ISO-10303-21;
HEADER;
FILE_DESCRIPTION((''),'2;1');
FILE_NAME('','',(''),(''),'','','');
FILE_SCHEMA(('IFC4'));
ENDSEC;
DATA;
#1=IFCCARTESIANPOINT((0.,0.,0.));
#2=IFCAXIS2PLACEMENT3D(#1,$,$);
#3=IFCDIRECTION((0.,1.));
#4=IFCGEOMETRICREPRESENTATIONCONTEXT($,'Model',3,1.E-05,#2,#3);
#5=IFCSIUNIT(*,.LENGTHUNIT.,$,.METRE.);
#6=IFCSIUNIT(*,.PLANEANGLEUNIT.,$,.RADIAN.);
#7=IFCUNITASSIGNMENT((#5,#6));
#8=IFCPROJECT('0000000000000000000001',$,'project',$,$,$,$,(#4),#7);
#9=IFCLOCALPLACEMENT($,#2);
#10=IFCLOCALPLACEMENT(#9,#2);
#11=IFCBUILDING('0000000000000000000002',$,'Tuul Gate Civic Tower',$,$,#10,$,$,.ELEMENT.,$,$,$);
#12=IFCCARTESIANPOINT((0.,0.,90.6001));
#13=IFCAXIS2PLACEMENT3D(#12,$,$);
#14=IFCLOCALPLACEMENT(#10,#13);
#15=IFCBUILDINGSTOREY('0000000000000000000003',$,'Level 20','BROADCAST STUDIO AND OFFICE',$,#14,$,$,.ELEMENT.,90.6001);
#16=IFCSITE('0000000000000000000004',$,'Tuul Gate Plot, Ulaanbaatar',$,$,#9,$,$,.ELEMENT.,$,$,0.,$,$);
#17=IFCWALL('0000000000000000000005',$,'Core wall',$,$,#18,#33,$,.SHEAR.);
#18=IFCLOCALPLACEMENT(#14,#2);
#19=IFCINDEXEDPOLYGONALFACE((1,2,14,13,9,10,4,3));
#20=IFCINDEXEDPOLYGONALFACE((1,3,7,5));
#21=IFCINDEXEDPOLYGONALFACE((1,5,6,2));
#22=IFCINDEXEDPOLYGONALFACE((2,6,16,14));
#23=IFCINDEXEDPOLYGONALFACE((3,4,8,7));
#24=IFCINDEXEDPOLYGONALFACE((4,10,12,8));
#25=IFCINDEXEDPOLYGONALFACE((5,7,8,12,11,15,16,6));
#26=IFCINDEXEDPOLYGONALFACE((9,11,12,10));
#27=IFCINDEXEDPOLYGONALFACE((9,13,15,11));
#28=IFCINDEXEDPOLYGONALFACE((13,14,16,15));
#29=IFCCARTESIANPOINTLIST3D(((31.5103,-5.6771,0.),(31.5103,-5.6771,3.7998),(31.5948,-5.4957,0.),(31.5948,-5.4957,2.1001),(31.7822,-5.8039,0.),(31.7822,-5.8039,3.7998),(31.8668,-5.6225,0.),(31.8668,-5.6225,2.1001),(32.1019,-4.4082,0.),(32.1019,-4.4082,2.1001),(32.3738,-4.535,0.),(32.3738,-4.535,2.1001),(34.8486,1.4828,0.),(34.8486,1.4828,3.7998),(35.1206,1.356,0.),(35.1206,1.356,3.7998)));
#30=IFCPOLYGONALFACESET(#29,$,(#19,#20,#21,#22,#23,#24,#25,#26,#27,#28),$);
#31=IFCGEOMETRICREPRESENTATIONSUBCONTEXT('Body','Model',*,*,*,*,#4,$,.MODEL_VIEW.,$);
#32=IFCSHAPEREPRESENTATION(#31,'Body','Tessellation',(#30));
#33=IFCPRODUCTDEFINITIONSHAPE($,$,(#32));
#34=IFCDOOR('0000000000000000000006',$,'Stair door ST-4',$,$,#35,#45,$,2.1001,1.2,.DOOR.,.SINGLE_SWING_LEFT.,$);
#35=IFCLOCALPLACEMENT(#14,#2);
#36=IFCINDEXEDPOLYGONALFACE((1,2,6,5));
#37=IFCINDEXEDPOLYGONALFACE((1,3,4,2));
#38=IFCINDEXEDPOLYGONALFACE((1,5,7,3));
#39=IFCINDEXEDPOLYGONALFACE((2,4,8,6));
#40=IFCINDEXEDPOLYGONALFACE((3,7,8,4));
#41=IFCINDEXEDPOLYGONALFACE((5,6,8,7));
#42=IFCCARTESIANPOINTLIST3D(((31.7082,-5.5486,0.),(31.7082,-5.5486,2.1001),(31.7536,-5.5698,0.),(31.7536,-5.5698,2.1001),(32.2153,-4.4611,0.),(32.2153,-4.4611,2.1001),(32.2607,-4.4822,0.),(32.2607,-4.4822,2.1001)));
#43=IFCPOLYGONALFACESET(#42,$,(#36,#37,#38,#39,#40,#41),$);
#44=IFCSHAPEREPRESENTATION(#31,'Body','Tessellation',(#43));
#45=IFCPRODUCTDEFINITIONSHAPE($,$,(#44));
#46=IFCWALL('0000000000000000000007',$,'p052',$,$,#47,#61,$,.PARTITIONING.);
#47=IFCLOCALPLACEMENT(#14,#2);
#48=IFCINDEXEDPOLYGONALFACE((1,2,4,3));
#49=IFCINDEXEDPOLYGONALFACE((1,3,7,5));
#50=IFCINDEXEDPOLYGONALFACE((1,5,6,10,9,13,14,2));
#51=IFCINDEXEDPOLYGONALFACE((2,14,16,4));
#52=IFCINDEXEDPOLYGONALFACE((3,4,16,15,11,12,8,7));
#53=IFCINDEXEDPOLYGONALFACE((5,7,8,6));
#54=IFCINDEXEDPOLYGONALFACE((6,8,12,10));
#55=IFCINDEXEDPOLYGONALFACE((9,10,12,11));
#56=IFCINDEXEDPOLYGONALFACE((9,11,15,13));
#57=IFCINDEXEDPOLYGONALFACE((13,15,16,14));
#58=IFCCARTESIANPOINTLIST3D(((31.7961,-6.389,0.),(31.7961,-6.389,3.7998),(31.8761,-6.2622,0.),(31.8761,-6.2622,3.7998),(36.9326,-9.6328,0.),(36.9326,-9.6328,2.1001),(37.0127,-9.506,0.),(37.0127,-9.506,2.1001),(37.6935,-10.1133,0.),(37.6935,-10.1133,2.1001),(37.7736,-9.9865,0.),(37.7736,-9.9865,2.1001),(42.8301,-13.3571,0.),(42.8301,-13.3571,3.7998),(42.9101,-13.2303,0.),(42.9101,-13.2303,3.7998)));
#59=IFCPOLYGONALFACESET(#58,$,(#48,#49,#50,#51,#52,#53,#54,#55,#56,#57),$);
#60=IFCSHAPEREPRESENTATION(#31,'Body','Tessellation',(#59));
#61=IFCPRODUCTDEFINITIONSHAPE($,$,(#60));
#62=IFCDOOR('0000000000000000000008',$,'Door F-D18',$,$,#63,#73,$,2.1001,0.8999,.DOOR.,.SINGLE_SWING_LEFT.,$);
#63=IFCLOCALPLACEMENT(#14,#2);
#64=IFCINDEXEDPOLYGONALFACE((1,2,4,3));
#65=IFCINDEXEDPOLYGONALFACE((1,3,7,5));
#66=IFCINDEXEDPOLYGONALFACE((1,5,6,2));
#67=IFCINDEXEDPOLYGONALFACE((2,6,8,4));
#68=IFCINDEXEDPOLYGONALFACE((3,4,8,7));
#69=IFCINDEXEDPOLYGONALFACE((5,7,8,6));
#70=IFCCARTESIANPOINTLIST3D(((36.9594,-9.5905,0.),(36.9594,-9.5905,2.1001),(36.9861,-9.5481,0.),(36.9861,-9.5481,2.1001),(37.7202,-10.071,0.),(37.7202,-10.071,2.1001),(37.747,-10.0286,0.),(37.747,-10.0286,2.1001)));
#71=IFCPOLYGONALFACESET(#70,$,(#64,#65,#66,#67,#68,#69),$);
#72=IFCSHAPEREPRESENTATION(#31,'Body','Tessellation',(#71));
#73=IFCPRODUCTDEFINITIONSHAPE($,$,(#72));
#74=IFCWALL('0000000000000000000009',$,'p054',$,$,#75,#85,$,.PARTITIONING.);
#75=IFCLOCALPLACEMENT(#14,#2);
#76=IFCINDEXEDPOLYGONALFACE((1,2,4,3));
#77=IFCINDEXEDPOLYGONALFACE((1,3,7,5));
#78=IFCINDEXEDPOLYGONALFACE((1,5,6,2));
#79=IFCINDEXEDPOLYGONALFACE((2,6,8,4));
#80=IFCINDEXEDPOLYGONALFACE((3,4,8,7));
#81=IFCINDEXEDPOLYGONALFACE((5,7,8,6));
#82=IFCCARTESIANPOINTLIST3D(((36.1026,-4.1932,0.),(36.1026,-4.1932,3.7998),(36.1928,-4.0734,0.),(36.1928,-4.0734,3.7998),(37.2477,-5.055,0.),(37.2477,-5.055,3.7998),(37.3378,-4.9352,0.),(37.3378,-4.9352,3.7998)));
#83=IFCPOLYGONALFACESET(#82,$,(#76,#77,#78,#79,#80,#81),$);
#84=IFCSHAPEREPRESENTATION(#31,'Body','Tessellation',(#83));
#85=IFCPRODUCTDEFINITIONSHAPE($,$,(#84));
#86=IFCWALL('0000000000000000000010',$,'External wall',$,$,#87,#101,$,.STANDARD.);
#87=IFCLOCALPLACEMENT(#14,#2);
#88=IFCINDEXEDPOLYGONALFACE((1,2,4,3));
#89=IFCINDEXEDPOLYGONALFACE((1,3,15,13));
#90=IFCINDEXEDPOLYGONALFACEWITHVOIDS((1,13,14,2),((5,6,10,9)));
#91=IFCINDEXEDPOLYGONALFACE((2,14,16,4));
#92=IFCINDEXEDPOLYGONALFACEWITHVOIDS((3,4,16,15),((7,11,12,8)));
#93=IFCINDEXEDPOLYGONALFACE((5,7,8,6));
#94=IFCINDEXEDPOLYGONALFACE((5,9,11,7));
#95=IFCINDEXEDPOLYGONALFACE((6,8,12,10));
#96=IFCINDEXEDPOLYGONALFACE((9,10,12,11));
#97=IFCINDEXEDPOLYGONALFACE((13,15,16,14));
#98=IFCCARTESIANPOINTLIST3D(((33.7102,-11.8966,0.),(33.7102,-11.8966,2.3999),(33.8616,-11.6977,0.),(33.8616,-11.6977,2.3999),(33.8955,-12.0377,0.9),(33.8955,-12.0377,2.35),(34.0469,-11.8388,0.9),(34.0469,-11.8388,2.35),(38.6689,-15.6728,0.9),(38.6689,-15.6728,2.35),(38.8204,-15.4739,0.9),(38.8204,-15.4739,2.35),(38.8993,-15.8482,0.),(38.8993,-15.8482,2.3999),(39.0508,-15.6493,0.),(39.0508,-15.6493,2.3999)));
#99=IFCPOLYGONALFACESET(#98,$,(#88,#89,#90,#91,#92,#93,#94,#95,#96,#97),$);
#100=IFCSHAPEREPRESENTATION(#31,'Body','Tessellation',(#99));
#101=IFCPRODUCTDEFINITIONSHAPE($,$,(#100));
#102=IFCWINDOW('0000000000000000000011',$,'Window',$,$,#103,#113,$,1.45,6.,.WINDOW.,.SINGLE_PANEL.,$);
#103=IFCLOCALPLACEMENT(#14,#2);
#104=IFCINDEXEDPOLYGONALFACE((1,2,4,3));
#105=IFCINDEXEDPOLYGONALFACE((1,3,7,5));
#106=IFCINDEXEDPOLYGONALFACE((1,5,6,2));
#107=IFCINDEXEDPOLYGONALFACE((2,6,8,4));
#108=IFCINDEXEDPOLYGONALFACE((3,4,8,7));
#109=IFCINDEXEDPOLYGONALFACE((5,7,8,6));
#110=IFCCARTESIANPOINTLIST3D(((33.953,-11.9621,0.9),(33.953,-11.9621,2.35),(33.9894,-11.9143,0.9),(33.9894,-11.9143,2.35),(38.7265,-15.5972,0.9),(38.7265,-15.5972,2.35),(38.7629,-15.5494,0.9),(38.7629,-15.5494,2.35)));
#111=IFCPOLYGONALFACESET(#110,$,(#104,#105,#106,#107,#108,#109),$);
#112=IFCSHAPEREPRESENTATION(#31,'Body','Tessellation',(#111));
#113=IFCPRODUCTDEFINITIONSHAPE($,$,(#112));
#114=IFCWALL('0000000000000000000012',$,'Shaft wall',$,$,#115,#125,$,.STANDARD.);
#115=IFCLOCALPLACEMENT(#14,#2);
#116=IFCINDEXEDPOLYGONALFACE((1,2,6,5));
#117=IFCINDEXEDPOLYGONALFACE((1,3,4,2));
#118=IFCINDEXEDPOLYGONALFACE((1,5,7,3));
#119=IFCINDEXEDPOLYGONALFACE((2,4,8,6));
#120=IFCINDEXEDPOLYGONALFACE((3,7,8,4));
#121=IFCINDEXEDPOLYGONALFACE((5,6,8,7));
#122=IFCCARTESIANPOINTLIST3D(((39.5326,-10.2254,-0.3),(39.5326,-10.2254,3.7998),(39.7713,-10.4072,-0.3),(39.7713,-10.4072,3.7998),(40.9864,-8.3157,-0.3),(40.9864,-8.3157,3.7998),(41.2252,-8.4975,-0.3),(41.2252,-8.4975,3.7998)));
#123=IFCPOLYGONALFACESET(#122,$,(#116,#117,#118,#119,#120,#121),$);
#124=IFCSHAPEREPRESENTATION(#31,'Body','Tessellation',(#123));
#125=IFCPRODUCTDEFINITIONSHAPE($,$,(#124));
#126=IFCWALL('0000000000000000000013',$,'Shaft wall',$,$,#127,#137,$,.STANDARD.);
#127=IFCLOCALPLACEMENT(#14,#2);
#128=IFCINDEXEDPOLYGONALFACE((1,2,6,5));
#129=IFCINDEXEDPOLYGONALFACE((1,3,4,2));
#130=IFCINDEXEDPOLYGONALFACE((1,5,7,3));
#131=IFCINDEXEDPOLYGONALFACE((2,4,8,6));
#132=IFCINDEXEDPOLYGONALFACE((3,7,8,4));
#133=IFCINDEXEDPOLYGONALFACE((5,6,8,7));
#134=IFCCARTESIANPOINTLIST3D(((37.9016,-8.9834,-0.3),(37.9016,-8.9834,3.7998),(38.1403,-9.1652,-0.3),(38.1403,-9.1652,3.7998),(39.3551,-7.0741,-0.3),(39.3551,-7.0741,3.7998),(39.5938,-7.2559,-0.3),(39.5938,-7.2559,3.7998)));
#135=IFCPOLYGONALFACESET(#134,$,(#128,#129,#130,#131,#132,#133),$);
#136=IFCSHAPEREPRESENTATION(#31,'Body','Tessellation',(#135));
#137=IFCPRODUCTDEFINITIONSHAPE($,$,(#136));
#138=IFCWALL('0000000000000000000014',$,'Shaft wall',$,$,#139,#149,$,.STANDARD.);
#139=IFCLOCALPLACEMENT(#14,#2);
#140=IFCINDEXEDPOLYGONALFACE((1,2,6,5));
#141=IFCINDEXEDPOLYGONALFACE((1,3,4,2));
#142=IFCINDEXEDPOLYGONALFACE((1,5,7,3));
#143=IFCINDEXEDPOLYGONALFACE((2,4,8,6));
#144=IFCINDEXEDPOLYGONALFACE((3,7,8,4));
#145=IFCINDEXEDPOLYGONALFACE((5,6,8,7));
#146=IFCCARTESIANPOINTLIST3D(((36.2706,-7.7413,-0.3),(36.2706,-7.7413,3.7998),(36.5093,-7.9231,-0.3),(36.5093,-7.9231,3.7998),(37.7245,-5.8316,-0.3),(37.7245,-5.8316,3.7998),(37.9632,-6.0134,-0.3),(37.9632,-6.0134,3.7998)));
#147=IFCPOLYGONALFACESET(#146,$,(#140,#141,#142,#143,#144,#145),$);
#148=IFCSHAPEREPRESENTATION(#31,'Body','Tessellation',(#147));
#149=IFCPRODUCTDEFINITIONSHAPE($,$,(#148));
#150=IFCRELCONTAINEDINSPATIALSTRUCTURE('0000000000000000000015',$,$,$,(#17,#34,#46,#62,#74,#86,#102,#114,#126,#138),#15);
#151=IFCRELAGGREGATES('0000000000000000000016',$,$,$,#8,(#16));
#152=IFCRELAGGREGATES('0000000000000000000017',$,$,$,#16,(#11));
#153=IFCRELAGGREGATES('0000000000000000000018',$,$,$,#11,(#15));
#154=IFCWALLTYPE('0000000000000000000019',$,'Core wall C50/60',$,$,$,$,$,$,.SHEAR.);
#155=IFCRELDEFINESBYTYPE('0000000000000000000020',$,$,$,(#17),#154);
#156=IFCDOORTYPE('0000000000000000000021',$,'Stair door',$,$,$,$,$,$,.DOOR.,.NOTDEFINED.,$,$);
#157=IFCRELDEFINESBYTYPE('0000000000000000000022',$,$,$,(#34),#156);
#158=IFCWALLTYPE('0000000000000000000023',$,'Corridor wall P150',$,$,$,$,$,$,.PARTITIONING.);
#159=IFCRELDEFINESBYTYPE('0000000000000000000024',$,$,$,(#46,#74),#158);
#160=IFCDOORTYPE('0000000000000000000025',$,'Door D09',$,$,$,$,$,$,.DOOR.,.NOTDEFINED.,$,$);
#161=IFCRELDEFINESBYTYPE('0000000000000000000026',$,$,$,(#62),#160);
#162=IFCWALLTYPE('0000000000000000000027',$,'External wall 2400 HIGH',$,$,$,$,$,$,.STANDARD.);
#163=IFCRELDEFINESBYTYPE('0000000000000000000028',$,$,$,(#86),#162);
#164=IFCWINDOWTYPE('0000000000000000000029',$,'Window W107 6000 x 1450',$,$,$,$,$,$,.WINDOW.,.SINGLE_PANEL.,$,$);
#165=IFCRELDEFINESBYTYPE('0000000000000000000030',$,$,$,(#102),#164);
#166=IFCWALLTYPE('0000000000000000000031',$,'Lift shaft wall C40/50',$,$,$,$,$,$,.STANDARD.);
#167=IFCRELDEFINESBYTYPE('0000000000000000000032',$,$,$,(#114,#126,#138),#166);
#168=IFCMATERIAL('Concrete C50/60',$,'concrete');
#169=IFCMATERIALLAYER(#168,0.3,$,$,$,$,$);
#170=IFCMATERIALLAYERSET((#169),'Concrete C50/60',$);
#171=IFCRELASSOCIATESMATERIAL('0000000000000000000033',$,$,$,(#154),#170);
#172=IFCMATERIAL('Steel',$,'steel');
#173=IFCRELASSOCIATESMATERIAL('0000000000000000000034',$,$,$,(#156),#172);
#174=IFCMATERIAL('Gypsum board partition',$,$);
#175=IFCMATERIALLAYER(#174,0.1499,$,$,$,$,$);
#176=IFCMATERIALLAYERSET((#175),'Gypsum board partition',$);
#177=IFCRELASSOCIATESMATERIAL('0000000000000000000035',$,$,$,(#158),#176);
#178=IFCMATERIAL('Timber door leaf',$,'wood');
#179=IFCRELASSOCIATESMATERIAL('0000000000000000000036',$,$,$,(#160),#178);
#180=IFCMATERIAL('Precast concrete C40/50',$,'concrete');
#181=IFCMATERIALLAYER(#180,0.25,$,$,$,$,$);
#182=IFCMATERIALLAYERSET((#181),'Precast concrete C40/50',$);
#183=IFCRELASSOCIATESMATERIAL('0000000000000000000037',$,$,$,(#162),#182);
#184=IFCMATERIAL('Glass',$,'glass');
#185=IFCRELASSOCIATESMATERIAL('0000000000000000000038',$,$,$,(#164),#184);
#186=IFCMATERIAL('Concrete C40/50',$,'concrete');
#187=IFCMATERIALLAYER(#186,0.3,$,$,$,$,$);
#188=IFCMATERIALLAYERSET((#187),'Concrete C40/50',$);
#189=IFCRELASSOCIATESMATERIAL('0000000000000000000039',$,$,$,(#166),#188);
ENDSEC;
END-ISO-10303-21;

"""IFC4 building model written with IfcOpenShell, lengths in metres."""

from ifc_helpers import new_model, si_unit, direction, frame, frame_2d, origin, place, context, subcontext, project, spatial, rectangle, extrude, material, layer, layer_set, type_object, element, fill, save


model = new_model("IFC4")

# Units and contexts
model_context = context("Model", 3, precision=1e-05, world=origin(), true_north=direction((0.0, 1.0)))
body_context = subcontext(model_context, "Body", "Model", "MODEL_VIEW")
ifc_project = project(units=[si_unit("LENGTHUNIT", "METRE"), si_unit("PLANEANGLEUNIT", "RADIAN")], contexts=[model_context])

# Site, building, storey
site_placement = place(None, origin())
site = spatial("IfcSite", under=ifc_project, at=site_placement, Name="Tuul Gate Plot, Ulaanbaatar", CompositionType="ELEMENT", RefElevation=0.0)
building_placement = place(site_placement, origin())
building = spatial("IfcBuilding", under=site, at=building_placement, Name="Tuul Gate Civic Tower", CompositionType="ELEMENT")
storey_placement = place(building_placement, frame((0.0, 0.0, 90.6001)))
storey = spatial("IfcBuildingStorey", under=building, at=storey_placement, Name="Level 20", Description="BROADCAST STUDIO AND OFFICE", CompositionType="ELEMENT", Elevation=90.6001)

# Shared definitions
ifc_material_1 = material(Name="Concrete C50/60", Category="concrete")
ifc_layer_1 = layer(ifc_material_1, 0.3)
ifc_layer_set_1 = layer_set([ifc_layer_1], Name="Concrete C50/60")
wall_type_1 = type_object("IfcWallType", Name="Core wall C50/60", PredefinedType="SHEAR", material=ifc_layer_set_1)

# Walls, openings, doors
wall_1_placement = place(storey_placement, frame((31.6462, -5.7405, 0.0), z_axis=(0.0, 0.0, 1.0), x_axis=(0.422583, 0.906324, 0.0)))
wall_1 = element("IfcWall", 1, at=wall_1_placement, inside=storey, type_object=wall_type_1, Name="Core wall", PredefinedType="SHEAR", context=body_context, shape_type="SweptSolid", body=[
    extrude(rectangle(XDim=7.8999, YDim=0.3, at=frame_2d((3.95, 0.0))), origin(), (0.0, 0.0, 1.0), 3.7998),
])
opening_1_placement = place(wall_1_placement, frame((0.2, 0.0, 0.0)))
opening_1 = element("IfcOpeningElement", 2, at=opening_1_placement, cuts=wall_1, PredefinedType="OPENING", context=body_context, shape_type="SweptSolid", body=[
    extrude(rectangle(XDim=1.2, YDim=2.1001, at=frame_2d((0.6001, 1.05))), frame((0.0, 0.1602, 0.0), z_axis=(0.0, -1.0, 0.0), x_axis=(1.0, 0.0, 0.0)), (0.0, 0.0, 1.0), 0.3201),
])
ifc_material_2 = material(Name="Steel", Category="steel")
door_type_1 = type_object("IfcDoorType", Name="Stair door", OperationType="NOTDEFINED", PredefinedType="DOOR", material=ifc_material_2)
door_1_placement = place(opening_1_placement, origin())
door_1 = element("IfcDoor", 3, at=door_1_placement, inside=storey, type_object=door_type_1, Name="Stair door ST-4", OperationType="SINGLE_SWING_LEFT", OverallHeight=2.1001, OverallWidth=1.2, PredefinedType="DOOR", context=body_context, shape_type="SweptSolid", body=[
    extrude(rectangle(XDim=1.2, YDim=2.1001, at=frame_2d((0.6001, 1.05))), frame((0.0, 0.0249, 0.0), z_axis=(0.0, -1.0, 0.0), x_axis=(1.0, 0.0, 0.0)), (0.0, 0.0, 1.0), 0.05),
])
fill(opening_1, door_1)
ifc_material_3 = material(Name="Gypsum board partition")
ifc_layer_2 = layer(ifc_material_3, 0.1499)
ifc_layer_set_2 = layer_set([ifc_layer_2], Name="Gypsum board partition")
wall_type_2 = type_object("IfcWallType", Name="Corridor wall P150", PredefinedType="PARTITIONING", material=ifc_layer_set_2)
wall_2_placement = place(storey_placement, frame((31.8362, -6.3257, 0.0), z_axis=(0.0, 0.0, 1.0), x_axis=(0.845516, -0.53395, 0.0)))
wall_2 = element("IfcWall", 4, at=wall_2_placement, inside=storey, type_object=wall_type_2, Name="p052", PredefinedType="PARTITIONING", context=body_context, shape_type="SweptSolid", body=[
    extrude(rectangle(XDim=13.05, YDim=0.1499, at=frame_2d((6.5249, 0.0))), origin(), (0.0, 0.0, 1.0), 3.7998),
])
opening_2_placement = place(wall_2_placement, frame((6.075, 0.0, 0.0)))
opening_2 = element("IfcOpeningElement", 5, at=opening_2_placement, cuts=wall_2, PredefinedType="OPENING", context=body_context, shape_type="SweptSolid", body=[
    extrude(rectangle(XDim=0.8999, YDim=2.1001, at=frame_2d((0.45, 1.05))), frame((0.0, 0.085, 0.0), z_axis=(0.0, -1.0, 0.0), x_axis=(1.0, 0.0, 0.0)), (0.0, 0.0, 1.0), 0.1699),
])
ifc_material_4 = material(Name="Timber door leaf", Category="wood")
door_type_2 = type_object("IfcDoorType", Name="Door D09", OperationType="NOTDEFINED", PredefinedType="DOOR", material=ifc_material_4)
door_2_placement = place(opening_2_placement, frame((0.8999, 0.0, 0.0), z_axis=(0.0, 0.0, 1.0), x_axis=(-1.0, 0.0, 0.0)))
door_2 = element("IfcDoor", 6, at=door_2_placement, inside=storey, type_object=door_type_2, Name="Door F-D18", OperationType="SINGLE_SWING_LEFT", OverallHeight=2.1001, OverallWidth=0.8999, PredefinedType="DOOR", context=body_context, shape_type="SweptSolid", body=[
    extrude(rectangle(XDim=0.8999, YDim=2.1001, at=frame_2d((0.45, 1.05))), frame((0.0, 0.0249, 0.0), z_axis=(0.0, -1.0, 0.0), x_axis=(1.0, 0.0, 0.0)), (0.0, 0.0, 1.0), 0.05),
])
fill(opening_2, door_2)

# Wall
wall_3_placement = place(storey_placement, frame((36.1477, -4.1333, 0.0), z_axis=(0.0, 0.0, 1.0), x_axis=(0.798977, -0.601362, 0.0)))
element("IfcWall", 7, at=wall_3_placement, inside=storey, type_object=wall_type_2, Name="p054", PredefinedType="PARTITIONING", context=body_context, shape_type="SweptSolid", body=[
    extrude(rectangle(XDim=1.4331, YDim=0.1499, at=frame_2d((0.7166, 0.0))), origin(), (0.0, 0.0, 1.0), 3.7998),
])

# Wall, opening, window
ifc_material_5 = material(Name="Precast concrete C40/50", Category="concrete")
ifc_layer_3 = layer(ifc_material_5, 0.25)
ifc_layer_set_3 = layer_set([ifc_layer_3], Name="Precast concrete C40/50")
wall_type_3 = type_object("IfcWallType", Name="External wall 2400 HIGH", PredefinedType="STANDARD", material=ifc_layer_set_3)
wall_4_placement = place(storey_placement, frame((33.7859, -11.7971, 0.0), z_axis=(0.0, 0.0, 1.0), x_axis=(0.795581, -0.605847, 0.0)))
wall_4 = element("IfcWall", 8, at=wall_4_placement, inside=storey, type_object=wall_type_3, Name="External wall", PredefinedType="STANDARD", context=body_context, shape_type="SweptSolid", body=[
    extrude(rectangle(XDim=6.5225, YDim=0.25, at=frame_2d((3.2612, 0.0))), origin(), (0.0, 0.0, 1.0), 2.3999),
])
opening_3_placement = place(wall_4_placement, frame((0.2329, 0.0, 0.8999)))
opening_3 = element("IfcOpeningElement", 9, at=opening_3_placement, cuts=wall_4, PredefinedType="OPENING", context=body_context, shape_type="SweptSolid", body=[
    extrude(rectangle(XDim=6.0, YDim=1.45, at=frame_2d((3.0, 0.7251))), frame((0.0, 0.135, 0.0), z_axis=(0.0, -1.0, 0.0), x_axis=(1.0, 0.0, 0.0)), (0.0, 0.0, 1.0), 0.27),
])
ifc_material_6 = material(Name="Glass", Category="glass")
window_type = type_object("IfcWindowType", Name="Window W107 6000 x 1450", PartitioningType="SINGLE_PANEL", PredefinedType="WINDOW", material=ifc_material_6)
window_placement = place(opening_3_placement, origin())
window = element("IfcWindow", 10, at=window_placement, inside=storey, type_object=window_type, Name="Window", OverallHeight=1.45, OverallWidth=6.0, PartitioningType="SINGLE_PANEL", PredefinedType="WINDOW", context=body_context, shape_type="SweptSolid", body=[
    extrude(rectangle(XDim=6.0, YDim=1.45, at=frame_2d((3.0, 0.7251))), frame((0.0, 0.03, 0.0), z_axis=(0.0, -1.0, 0.0), x_axis=(1.0, 0.0, 0.0)), (0.0, 0.0, 1.0), 0.0601),
])
fill(opening_3, window)

# Walls
ifc_material_7 = material(Name="Concrete C40/50", Category="concrete")
ifc_layer_4 = layer(ifc_material_7, 0.3)
ifc_layer_set_4 = layer_set([ifc_layer_4], Name="Concrete C40/50")
wall_type_4 = type_object("IfcWallType", Name="Lift shaft wall C40/50", PredefinedType="STANDARD", material=ifc_layer_set_4)
wall_5_placement = place(storey_placement, frame((39.6519, -10.3164, -0.3), z_axis=(0.0, 0.0, 1.0), x_axis=(0.605746, 0.795658, 0.0)))
element("IfcWall", 11, at=wall_5_placement, inside=storey, type_object=wall_type_4, Name="Shaft wall", PredefinedType="STANDARD", context=body_context, shape_type="SweptSolid", body=[
    extrude(rectangle(XDim=2.4001, YDim=0.3, at=frame_2d((1.2002, 0.0))), origin(), (0.0, 0.0, 1.0), 4.0999),
])
wall_6_placement = place(storey_placement, frame((38.021, -9.0742, -0.3), z_axis=(0.0, 0.0, 1.0), x_axis=(0.605731, 0.79567, 0.0)))
element("IfcWall", 12, at=wall_6_placement, inside=storey, type_object=wall_type_4, Name="Shaft wall", PredefinedType="STANDARD", context=body_context, shape_type="SweptSolid", body=[
    extrude(rectangle(XDim=2.3997, YDim=0.3, at=frame_2d((1.1997, 0.0))), origin(), (0.0, 0.0, 1.0), 4.0999),
])
wall_7_placement = place(storey_placement, frame((36.3899, -7.8323, -0.3), z_axis=(0.0, 0.0, 1.0), x_axis=(0.605746, 0.795658, 0.0)))
element("IfcWall", 13, at=wall_7_placement, inside=storey, type_object=wall_type_4, Name="Shaft wall", PredefinedType="STANDARD", context=body_context, shape_type="SweptSolid", body=[
    extrude(rectangle(XDim=2.4001, YDim=0.3, at=frame_2d((1.2002, 0.0))), origin(), (0.0, 0.0, 1.0), 4.0999),
])

save(model, "model.ifc")
